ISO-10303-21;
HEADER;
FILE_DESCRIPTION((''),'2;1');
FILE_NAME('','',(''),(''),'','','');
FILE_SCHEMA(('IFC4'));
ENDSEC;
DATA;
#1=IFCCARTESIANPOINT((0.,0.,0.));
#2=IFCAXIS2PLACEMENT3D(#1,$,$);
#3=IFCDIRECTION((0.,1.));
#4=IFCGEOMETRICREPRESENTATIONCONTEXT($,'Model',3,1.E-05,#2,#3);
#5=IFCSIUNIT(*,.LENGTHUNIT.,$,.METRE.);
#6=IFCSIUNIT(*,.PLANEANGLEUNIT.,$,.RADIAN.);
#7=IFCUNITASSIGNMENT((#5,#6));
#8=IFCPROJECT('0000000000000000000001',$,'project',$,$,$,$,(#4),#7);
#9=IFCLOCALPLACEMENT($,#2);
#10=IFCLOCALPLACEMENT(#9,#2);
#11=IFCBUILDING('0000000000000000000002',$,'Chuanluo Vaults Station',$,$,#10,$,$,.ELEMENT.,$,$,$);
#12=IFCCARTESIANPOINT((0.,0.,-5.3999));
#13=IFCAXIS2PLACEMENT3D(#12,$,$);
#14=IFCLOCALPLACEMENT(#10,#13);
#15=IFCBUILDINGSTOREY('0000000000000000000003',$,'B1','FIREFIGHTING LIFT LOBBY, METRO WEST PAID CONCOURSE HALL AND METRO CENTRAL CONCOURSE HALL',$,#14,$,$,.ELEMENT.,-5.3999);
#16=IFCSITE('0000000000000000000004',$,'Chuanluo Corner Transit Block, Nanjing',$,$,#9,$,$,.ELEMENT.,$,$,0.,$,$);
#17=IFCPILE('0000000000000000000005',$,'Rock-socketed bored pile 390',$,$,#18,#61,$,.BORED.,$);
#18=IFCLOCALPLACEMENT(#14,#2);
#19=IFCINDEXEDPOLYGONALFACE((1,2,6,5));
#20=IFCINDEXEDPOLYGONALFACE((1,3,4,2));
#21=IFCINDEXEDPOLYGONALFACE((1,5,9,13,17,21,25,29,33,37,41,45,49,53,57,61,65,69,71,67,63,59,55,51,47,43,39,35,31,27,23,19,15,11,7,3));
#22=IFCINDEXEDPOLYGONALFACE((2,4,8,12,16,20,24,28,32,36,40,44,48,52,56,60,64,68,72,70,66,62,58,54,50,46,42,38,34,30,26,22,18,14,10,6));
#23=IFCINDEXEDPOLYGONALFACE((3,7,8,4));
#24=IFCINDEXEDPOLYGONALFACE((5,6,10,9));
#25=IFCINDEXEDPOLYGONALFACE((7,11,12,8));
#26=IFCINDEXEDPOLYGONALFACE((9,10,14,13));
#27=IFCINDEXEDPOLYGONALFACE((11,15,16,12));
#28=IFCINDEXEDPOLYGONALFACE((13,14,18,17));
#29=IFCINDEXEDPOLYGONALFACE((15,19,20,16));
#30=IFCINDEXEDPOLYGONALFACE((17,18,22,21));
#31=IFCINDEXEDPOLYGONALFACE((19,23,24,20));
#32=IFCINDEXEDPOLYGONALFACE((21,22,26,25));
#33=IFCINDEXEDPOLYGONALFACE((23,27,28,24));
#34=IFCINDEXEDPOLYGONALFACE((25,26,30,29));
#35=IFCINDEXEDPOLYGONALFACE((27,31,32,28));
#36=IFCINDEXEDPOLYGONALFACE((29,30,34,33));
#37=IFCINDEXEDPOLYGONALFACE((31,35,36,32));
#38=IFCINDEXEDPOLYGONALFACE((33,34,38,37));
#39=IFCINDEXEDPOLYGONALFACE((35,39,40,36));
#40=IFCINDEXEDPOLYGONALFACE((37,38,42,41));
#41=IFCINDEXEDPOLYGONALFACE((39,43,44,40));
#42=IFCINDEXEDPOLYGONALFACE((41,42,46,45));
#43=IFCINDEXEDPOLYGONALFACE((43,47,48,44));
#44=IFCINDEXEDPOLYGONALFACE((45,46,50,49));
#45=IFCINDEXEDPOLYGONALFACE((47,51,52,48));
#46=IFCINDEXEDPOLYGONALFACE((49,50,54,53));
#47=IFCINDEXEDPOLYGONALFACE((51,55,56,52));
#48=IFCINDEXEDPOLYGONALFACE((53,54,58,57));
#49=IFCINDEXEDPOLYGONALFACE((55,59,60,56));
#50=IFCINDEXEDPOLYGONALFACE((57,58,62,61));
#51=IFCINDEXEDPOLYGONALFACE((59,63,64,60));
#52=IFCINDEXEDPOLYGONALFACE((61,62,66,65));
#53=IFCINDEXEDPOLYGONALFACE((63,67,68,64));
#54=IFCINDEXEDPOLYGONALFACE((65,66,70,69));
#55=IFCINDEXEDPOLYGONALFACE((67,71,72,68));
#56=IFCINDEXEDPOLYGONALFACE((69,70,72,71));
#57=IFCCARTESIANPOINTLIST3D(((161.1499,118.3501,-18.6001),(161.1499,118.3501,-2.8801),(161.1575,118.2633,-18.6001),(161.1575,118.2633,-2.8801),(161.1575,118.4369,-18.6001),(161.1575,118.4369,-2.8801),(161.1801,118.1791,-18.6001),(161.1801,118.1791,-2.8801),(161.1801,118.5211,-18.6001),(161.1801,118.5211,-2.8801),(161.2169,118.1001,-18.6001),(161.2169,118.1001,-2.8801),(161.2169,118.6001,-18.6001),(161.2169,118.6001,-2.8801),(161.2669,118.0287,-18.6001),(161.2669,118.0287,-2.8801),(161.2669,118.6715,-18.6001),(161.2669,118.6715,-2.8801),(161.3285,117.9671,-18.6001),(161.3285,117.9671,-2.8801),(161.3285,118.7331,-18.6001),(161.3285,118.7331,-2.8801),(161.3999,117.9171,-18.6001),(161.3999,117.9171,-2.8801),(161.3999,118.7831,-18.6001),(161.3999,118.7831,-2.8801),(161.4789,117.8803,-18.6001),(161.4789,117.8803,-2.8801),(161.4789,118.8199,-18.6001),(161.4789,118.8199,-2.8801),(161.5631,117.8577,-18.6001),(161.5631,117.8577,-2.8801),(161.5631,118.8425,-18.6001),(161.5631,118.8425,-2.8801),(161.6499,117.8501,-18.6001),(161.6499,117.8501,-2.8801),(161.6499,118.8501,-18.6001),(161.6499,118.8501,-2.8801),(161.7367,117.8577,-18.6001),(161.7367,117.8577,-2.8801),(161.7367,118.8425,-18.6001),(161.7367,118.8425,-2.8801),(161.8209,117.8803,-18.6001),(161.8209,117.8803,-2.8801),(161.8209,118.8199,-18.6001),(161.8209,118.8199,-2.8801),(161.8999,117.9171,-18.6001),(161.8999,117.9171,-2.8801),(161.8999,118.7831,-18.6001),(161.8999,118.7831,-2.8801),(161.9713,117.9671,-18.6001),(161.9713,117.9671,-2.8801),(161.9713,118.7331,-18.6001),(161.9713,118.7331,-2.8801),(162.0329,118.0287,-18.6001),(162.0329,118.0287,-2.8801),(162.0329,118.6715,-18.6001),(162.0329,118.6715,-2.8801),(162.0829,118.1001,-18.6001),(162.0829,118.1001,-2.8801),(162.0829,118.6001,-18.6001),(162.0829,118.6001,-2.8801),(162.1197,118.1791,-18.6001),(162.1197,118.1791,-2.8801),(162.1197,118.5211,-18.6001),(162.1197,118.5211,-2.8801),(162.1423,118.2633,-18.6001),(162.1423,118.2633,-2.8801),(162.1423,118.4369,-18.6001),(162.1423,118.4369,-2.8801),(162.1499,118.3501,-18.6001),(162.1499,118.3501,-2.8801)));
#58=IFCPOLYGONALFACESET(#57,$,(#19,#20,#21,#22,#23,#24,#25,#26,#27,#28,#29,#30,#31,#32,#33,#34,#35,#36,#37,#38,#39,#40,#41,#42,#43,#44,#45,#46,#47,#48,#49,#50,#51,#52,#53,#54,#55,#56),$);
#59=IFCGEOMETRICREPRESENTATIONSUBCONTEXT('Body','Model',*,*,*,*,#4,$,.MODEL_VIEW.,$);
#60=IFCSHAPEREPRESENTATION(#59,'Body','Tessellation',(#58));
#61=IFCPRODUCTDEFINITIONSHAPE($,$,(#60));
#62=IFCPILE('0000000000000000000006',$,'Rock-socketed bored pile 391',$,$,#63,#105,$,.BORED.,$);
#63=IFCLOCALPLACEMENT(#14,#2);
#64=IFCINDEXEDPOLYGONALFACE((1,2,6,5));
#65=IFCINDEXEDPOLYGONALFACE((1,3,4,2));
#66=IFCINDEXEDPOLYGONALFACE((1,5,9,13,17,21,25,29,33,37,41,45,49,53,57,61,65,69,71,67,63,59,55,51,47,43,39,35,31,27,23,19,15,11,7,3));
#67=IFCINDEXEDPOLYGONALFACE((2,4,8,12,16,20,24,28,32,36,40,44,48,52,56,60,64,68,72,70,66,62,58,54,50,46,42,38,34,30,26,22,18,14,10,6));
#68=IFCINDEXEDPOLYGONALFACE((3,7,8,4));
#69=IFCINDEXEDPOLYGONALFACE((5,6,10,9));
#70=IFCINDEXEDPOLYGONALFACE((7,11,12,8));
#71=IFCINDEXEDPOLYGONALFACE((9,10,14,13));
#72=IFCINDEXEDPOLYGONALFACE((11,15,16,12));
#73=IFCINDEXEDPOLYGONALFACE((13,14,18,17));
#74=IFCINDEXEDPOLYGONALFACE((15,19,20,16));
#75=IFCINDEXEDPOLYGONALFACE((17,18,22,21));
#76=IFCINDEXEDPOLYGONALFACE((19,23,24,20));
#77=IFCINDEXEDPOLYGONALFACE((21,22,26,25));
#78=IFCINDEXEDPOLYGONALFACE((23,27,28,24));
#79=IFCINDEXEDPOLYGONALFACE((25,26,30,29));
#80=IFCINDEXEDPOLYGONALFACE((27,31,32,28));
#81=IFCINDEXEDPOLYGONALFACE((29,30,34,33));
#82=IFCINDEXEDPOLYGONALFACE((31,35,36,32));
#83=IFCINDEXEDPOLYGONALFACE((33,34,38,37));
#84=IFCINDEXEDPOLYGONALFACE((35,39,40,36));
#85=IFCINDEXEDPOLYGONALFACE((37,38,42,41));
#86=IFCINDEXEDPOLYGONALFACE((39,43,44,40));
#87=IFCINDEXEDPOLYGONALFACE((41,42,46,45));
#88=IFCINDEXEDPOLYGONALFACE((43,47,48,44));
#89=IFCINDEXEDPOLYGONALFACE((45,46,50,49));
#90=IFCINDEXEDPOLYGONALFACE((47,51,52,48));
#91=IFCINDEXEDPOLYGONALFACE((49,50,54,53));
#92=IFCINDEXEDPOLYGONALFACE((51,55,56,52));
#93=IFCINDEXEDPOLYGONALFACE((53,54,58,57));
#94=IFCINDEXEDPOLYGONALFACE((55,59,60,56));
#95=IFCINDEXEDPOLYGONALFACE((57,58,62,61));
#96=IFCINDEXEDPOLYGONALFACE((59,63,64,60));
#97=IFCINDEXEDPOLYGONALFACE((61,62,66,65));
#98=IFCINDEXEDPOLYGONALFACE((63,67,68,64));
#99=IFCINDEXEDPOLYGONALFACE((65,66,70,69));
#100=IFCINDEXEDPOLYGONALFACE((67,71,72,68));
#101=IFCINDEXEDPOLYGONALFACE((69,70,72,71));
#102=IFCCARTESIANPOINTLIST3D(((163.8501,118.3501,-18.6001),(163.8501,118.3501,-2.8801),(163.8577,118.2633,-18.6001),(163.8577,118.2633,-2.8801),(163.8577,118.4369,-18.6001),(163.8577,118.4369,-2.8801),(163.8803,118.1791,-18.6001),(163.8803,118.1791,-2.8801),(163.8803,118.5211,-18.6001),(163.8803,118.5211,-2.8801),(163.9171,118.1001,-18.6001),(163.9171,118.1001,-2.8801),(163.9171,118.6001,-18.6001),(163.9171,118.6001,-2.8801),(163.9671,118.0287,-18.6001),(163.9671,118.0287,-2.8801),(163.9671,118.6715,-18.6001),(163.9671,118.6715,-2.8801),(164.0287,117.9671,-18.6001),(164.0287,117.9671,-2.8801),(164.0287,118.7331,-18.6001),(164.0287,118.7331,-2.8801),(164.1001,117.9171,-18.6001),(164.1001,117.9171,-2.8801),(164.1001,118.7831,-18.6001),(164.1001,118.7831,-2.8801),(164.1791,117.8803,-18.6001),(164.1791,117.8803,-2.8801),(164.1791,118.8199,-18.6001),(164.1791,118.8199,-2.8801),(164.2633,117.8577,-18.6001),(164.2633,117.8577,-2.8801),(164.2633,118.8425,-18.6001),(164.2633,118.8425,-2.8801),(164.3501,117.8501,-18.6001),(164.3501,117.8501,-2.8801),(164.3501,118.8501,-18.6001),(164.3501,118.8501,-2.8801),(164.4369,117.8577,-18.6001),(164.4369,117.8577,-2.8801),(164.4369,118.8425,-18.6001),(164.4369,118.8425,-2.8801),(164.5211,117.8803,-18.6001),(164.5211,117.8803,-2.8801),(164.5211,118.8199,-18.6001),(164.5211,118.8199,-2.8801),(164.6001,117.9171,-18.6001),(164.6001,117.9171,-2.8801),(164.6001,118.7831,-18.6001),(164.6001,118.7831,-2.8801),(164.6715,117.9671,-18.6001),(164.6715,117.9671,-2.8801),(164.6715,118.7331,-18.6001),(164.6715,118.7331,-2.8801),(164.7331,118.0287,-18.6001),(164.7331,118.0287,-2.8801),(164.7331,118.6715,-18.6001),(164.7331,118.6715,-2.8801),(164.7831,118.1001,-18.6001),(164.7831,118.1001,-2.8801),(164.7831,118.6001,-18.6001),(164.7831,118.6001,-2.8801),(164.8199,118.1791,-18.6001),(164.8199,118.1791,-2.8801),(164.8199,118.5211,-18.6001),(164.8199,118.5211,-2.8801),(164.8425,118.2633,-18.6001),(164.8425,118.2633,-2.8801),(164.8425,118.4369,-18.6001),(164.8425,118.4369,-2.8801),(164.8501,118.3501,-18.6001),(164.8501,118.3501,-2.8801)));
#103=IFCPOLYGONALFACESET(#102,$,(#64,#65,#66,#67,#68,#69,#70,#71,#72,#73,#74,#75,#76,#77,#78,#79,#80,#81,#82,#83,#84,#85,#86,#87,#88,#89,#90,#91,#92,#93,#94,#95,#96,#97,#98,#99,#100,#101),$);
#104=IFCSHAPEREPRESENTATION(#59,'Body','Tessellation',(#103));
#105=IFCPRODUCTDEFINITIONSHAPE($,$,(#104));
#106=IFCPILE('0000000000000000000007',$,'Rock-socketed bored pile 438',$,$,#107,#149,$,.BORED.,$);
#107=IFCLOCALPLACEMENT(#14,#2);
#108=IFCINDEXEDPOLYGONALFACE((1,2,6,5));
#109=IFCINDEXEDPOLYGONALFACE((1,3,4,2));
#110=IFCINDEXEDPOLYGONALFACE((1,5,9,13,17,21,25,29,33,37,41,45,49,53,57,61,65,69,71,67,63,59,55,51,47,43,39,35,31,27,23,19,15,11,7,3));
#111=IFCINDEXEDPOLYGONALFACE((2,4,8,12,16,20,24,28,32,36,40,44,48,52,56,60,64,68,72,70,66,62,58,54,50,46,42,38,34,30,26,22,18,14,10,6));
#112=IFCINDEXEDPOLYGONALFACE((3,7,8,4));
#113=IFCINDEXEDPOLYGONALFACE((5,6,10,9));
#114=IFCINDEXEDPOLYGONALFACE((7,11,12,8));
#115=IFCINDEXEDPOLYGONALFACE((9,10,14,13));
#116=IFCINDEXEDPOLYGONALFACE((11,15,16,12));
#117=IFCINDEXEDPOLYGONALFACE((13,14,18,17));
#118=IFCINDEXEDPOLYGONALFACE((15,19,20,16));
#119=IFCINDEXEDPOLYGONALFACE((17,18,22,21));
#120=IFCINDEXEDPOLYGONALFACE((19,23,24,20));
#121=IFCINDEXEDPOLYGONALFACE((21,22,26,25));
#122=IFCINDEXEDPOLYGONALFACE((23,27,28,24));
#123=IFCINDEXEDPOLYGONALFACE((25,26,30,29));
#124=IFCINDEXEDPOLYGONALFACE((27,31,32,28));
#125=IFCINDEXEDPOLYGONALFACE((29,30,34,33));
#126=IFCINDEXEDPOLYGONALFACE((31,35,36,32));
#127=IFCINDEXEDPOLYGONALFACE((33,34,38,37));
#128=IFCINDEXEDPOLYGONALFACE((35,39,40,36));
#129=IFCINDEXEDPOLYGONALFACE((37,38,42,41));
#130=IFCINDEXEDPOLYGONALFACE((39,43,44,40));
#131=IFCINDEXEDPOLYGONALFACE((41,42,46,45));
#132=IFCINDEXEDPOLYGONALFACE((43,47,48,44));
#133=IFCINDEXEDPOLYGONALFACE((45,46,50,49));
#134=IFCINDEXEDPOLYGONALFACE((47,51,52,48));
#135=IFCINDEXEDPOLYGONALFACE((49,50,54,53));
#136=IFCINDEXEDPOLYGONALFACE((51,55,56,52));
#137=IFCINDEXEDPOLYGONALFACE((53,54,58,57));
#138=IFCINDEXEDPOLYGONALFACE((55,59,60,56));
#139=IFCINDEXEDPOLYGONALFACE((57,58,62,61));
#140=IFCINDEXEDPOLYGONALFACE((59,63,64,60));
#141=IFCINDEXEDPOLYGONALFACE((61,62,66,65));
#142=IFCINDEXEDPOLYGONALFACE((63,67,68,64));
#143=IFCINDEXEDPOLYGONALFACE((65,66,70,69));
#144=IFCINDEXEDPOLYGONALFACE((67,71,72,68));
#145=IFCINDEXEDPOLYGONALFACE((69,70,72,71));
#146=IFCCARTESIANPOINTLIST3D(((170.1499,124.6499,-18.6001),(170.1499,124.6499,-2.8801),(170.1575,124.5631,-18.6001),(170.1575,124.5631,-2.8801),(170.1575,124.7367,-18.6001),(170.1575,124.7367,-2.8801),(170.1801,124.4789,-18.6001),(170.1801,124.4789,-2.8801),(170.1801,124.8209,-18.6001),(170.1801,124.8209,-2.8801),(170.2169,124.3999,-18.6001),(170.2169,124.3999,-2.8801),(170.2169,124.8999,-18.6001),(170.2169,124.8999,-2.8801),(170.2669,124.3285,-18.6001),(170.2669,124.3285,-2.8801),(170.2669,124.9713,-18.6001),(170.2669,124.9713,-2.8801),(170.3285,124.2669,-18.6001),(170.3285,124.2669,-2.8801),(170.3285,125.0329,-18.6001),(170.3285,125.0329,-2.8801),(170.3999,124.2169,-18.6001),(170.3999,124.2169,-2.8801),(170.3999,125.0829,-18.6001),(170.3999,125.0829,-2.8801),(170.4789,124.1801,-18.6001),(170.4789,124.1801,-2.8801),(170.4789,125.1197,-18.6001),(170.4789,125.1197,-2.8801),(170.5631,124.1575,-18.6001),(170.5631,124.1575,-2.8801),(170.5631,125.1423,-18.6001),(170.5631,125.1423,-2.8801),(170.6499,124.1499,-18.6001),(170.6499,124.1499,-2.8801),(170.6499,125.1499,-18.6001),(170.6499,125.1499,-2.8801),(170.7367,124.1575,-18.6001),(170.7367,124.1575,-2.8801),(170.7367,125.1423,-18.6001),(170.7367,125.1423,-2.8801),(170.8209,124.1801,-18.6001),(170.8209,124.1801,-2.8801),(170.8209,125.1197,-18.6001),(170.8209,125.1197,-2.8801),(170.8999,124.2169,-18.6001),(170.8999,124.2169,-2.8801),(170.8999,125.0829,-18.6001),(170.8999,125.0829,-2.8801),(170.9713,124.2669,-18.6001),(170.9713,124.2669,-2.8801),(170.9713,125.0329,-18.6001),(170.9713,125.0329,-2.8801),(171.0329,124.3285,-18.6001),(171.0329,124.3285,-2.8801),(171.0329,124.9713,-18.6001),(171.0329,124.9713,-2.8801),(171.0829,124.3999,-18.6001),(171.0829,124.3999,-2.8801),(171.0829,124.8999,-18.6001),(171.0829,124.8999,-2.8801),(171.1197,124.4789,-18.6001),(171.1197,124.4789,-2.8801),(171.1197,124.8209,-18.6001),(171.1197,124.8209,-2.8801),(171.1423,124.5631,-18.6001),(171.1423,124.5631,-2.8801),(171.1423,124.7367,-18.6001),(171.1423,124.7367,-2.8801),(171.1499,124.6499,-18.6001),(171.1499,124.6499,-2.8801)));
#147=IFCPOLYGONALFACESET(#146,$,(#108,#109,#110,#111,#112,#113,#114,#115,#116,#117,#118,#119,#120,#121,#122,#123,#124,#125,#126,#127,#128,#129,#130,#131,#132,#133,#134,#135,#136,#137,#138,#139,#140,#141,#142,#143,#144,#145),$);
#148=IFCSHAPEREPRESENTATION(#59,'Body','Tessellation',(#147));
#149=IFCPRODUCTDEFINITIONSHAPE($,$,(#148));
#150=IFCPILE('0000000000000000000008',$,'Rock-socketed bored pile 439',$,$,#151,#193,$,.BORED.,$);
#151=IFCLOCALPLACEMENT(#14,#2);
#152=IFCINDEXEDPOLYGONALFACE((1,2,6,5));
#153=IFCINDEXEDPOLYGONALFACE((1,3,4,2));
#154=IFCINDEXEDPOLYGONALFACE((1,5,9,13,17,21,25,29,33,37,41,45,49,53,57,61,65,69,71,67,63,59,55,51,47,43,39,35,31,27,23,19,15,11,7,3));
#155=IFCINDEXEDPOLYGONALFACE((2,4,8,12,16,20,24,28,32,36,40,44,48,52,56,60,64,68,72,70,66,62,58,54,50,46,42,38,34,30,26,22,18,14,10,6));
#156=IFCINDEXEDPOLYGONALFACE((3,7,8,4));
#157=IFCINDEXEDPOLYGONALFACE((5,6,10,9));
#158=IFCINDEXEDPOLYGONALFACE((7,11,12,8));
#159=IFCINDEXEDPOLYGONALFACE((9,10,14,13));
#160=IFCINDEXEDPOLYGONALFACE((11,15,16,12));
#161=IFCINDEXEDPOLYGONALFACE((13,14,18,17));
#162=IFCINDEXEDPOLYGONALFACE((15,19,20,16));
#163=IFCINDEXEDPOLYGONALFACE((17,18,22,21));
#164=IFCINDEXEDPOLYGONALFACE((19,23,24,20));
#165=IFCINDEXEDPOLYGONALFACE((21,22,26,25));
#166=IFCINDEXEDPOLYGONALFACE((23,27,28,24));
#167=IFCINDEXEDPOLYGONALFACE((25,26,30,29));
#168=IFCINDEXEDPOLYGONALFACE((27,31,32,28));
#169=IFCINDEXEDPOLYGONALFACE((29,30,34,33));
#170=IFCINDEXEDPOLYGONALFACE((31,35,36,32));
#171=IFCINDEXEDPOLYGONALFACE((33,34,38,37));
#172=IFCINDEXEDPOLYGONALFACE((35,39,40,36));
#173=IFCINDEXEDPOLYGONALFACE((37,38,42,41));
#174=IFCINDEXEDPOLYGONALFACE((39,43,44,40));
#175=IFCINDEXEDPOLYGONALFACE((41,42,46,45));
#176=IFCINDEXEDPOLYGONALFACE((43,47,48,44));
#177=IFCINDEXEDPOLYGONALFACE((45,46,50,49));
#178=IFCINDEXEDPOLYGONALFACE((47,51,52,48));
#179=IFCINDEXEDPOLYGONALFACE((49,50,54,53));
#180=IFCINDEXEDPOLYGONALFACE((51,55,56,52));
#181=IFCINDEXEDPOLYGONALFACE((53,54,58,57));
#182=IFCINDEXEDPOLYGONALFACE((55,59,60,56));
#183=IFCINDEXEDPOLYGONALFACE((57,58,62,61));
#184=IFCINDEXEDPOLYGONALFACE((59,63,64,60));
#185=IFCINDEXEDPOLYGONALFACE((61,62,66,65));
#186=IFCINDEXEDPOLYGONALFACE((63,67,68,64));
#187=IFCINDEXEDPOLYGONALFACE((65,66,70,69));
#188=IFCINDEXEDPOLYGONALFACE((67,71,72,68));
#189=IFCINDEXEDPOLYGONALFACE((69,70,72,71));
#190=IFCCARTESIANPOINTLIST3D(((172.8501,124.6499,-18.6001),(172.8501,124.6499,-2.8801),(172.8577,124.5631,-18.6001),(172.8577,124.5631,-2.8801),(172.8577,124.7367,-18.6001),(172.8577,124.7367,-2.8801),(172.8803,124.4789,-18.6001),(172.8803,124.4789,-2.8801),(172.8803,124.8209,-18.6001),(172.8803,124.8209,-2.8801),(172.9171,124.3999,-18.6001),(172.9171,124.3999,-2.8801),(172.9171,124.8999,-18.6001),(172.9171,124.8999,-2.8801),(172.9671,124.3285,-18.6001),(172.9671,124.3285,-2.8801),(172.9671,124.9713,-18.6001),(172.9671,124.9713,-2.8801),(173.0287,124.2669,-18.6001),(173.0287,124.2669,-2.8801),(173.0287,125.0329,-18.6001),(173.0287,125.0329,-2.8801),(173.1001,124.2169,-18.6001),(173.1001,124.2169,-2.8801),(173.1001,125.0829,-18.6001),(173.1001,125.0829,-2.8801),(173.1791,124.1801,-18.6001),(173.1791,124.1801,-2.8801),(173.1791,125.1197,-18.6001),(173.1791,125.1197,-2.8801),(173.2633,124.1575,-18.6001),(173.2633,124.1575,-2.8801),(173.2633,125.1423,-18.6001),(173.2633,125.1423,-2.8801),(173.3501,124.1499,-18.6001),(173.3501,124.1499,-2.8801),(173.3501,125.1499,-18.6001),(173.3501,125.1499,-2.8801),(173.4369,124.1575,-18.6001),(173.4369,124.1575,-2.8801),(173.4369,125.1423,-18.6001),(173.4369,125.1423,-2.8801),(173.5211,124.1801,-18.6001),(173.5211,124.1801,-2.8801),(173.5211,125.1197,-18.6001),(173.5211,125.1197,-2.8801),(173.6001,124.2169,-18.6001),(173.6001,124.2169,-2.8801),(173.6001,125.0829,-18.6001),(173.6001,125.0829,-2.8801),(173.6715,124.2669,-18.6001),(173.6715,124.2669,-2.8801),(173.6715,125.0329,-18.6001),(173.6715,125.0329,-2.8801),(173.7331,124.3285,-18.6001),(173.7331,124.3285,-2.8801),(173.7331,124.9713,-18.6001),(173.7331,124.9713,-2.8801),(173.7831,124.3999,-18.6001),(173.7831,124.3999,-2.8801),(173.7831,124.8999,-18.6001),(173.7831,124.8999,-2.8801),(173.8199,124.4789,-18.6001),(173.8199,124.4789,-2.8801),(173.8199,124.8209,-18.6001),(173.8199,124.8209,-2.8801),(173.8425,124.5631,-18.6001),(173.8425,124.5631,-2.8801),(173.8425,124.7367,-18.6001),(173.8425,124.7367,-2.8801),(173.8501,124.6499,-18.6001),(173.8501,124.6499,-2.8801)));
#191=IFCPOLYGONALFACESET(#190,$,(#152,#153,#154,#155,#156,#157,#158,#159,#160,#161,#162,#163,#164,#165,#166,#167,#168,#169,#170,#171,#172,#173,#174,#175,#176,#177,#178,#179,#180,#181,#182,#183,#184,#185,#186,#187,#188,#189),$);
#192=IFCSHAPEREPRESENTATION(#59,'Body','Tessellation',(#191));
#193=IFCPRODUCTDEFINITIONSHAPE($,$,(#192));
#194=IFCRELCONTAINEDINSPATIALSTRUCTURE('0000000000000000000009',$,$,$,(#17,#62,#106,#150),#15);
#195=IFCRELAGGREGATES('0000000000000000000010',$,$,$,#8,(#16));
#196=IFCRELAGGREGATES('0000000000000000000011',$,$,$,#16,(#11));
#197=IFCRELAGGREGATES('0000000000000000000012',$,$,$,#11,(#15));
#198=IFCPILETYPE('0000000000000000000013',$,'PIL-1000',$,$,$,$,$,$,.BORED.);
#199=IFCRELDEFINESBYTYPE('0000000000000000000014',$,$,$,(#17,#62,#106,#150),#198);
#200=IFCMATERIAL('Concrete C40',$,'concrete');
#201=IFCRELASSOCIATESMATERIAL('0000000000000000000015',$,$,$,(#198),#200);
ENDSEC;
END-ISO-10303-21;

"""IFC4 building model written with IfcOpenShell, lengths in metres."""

from ifc_helpers import new_model, si_unit, direction, frame, origin, origin_2d, place, context, subcontext, project, spatial, circle, extrude, material, material_profile, profile_set, type_object, element, save


model = new_model("IFC4")

# Units and contexts
model_context = context("Model", 3, precision=1e-05, world=origin(), true_north=direction((0.0, 1.0)))
body_context = subcontext(model_context, "Body", "Model", "MODEL_VIEW")
ifc_project = project(units=[si_unit("LENGTHUNIT", "METRE"), si_unit("PLANEANGLEUNIT", "RADIAN")], contexts=[model_context])

# Site, building, storey
site_placement = place(None, origin())
site = spatial("IfcSite", under=ifc_project, at=site_placement, Name="Chuanluo Corner Transit Block, Nanjing", CompositionType="ELEMENT", RefElevation=0.0)
building_placement = place(site_placement, origin())
building = spatial("IfcBuilding", under=site, at=building_placement, Name="Chuanluo Vaults Station", CompositionType="ELEMENT")
storey_placement = place(building_placement, frame((0.0, 0.0, -5.3999)))
storey = spatial("IfcBuildingStorey", under=building, at=storey_placement, Name="B1", Description="FIREFIGHTING LIFT LOBBY, METRO WEST PAID CONCOURSE HALL AND METRO CENTRAL CONCOURSE HALL", CompositionType="ELEMENT", Elevation=-5.3999)

# Piles
ifc_material_1 = material(Name="Concrete C40", Category="concrete")
ifc_material_profile_1 = material_profile(ifc_material_1, circle(Radius=0.5, at=origin_2d()))
ifc_profile_set_1 = profile_set([ifc_material_profile_1], Name="Concrete C40")
pile_type_1 = type_object("IfcPileType", Name="PIL-1000", PredefinedType="BORED", material=ifc_profile_set_1)
for number, where, z_axis, x_axis, name in (
    (1, (161.6499, 118.3501, -2.8801), (0.0, 0.0, -1.0), (1.0, 0.0, 0.0), "Rock-socketed bored pile 390"),
    (2, (164.3501, 118.3501, -2.8801), (0.0, 0.0, -1.0), (1.0, 0.0, 0.0), "Rock-socketed bored pile 391"),
    (3, (170.6499, 124.6499, -2.8801), (0.0, 0.0, -1.0), (1.0, 0.0, 0.0), "Rock-socketed bored pile 438"),
    (4, (173.3501, 124.6499, -2.8801), (0.0, 0.0, -1.0), (1.0, 0.0, 0.0), "Rock-socketed bored pile 439"),
):
    element("IfcPile", number, at=place(storey_placement, frame(where, z_axis=z_axis, x_axis=x_axis)), inside=storey, type_object=pile_type_1, Name=name, PredefinedType="BORED", context=body_context, shape_type="SweptSolid", body=[
        extrude(circle(Radius=0.5, at=origin_2d()), origin(), (0.0, 0.0, 1.0), 15.72),
    ])

save(model, "model.ifc")
